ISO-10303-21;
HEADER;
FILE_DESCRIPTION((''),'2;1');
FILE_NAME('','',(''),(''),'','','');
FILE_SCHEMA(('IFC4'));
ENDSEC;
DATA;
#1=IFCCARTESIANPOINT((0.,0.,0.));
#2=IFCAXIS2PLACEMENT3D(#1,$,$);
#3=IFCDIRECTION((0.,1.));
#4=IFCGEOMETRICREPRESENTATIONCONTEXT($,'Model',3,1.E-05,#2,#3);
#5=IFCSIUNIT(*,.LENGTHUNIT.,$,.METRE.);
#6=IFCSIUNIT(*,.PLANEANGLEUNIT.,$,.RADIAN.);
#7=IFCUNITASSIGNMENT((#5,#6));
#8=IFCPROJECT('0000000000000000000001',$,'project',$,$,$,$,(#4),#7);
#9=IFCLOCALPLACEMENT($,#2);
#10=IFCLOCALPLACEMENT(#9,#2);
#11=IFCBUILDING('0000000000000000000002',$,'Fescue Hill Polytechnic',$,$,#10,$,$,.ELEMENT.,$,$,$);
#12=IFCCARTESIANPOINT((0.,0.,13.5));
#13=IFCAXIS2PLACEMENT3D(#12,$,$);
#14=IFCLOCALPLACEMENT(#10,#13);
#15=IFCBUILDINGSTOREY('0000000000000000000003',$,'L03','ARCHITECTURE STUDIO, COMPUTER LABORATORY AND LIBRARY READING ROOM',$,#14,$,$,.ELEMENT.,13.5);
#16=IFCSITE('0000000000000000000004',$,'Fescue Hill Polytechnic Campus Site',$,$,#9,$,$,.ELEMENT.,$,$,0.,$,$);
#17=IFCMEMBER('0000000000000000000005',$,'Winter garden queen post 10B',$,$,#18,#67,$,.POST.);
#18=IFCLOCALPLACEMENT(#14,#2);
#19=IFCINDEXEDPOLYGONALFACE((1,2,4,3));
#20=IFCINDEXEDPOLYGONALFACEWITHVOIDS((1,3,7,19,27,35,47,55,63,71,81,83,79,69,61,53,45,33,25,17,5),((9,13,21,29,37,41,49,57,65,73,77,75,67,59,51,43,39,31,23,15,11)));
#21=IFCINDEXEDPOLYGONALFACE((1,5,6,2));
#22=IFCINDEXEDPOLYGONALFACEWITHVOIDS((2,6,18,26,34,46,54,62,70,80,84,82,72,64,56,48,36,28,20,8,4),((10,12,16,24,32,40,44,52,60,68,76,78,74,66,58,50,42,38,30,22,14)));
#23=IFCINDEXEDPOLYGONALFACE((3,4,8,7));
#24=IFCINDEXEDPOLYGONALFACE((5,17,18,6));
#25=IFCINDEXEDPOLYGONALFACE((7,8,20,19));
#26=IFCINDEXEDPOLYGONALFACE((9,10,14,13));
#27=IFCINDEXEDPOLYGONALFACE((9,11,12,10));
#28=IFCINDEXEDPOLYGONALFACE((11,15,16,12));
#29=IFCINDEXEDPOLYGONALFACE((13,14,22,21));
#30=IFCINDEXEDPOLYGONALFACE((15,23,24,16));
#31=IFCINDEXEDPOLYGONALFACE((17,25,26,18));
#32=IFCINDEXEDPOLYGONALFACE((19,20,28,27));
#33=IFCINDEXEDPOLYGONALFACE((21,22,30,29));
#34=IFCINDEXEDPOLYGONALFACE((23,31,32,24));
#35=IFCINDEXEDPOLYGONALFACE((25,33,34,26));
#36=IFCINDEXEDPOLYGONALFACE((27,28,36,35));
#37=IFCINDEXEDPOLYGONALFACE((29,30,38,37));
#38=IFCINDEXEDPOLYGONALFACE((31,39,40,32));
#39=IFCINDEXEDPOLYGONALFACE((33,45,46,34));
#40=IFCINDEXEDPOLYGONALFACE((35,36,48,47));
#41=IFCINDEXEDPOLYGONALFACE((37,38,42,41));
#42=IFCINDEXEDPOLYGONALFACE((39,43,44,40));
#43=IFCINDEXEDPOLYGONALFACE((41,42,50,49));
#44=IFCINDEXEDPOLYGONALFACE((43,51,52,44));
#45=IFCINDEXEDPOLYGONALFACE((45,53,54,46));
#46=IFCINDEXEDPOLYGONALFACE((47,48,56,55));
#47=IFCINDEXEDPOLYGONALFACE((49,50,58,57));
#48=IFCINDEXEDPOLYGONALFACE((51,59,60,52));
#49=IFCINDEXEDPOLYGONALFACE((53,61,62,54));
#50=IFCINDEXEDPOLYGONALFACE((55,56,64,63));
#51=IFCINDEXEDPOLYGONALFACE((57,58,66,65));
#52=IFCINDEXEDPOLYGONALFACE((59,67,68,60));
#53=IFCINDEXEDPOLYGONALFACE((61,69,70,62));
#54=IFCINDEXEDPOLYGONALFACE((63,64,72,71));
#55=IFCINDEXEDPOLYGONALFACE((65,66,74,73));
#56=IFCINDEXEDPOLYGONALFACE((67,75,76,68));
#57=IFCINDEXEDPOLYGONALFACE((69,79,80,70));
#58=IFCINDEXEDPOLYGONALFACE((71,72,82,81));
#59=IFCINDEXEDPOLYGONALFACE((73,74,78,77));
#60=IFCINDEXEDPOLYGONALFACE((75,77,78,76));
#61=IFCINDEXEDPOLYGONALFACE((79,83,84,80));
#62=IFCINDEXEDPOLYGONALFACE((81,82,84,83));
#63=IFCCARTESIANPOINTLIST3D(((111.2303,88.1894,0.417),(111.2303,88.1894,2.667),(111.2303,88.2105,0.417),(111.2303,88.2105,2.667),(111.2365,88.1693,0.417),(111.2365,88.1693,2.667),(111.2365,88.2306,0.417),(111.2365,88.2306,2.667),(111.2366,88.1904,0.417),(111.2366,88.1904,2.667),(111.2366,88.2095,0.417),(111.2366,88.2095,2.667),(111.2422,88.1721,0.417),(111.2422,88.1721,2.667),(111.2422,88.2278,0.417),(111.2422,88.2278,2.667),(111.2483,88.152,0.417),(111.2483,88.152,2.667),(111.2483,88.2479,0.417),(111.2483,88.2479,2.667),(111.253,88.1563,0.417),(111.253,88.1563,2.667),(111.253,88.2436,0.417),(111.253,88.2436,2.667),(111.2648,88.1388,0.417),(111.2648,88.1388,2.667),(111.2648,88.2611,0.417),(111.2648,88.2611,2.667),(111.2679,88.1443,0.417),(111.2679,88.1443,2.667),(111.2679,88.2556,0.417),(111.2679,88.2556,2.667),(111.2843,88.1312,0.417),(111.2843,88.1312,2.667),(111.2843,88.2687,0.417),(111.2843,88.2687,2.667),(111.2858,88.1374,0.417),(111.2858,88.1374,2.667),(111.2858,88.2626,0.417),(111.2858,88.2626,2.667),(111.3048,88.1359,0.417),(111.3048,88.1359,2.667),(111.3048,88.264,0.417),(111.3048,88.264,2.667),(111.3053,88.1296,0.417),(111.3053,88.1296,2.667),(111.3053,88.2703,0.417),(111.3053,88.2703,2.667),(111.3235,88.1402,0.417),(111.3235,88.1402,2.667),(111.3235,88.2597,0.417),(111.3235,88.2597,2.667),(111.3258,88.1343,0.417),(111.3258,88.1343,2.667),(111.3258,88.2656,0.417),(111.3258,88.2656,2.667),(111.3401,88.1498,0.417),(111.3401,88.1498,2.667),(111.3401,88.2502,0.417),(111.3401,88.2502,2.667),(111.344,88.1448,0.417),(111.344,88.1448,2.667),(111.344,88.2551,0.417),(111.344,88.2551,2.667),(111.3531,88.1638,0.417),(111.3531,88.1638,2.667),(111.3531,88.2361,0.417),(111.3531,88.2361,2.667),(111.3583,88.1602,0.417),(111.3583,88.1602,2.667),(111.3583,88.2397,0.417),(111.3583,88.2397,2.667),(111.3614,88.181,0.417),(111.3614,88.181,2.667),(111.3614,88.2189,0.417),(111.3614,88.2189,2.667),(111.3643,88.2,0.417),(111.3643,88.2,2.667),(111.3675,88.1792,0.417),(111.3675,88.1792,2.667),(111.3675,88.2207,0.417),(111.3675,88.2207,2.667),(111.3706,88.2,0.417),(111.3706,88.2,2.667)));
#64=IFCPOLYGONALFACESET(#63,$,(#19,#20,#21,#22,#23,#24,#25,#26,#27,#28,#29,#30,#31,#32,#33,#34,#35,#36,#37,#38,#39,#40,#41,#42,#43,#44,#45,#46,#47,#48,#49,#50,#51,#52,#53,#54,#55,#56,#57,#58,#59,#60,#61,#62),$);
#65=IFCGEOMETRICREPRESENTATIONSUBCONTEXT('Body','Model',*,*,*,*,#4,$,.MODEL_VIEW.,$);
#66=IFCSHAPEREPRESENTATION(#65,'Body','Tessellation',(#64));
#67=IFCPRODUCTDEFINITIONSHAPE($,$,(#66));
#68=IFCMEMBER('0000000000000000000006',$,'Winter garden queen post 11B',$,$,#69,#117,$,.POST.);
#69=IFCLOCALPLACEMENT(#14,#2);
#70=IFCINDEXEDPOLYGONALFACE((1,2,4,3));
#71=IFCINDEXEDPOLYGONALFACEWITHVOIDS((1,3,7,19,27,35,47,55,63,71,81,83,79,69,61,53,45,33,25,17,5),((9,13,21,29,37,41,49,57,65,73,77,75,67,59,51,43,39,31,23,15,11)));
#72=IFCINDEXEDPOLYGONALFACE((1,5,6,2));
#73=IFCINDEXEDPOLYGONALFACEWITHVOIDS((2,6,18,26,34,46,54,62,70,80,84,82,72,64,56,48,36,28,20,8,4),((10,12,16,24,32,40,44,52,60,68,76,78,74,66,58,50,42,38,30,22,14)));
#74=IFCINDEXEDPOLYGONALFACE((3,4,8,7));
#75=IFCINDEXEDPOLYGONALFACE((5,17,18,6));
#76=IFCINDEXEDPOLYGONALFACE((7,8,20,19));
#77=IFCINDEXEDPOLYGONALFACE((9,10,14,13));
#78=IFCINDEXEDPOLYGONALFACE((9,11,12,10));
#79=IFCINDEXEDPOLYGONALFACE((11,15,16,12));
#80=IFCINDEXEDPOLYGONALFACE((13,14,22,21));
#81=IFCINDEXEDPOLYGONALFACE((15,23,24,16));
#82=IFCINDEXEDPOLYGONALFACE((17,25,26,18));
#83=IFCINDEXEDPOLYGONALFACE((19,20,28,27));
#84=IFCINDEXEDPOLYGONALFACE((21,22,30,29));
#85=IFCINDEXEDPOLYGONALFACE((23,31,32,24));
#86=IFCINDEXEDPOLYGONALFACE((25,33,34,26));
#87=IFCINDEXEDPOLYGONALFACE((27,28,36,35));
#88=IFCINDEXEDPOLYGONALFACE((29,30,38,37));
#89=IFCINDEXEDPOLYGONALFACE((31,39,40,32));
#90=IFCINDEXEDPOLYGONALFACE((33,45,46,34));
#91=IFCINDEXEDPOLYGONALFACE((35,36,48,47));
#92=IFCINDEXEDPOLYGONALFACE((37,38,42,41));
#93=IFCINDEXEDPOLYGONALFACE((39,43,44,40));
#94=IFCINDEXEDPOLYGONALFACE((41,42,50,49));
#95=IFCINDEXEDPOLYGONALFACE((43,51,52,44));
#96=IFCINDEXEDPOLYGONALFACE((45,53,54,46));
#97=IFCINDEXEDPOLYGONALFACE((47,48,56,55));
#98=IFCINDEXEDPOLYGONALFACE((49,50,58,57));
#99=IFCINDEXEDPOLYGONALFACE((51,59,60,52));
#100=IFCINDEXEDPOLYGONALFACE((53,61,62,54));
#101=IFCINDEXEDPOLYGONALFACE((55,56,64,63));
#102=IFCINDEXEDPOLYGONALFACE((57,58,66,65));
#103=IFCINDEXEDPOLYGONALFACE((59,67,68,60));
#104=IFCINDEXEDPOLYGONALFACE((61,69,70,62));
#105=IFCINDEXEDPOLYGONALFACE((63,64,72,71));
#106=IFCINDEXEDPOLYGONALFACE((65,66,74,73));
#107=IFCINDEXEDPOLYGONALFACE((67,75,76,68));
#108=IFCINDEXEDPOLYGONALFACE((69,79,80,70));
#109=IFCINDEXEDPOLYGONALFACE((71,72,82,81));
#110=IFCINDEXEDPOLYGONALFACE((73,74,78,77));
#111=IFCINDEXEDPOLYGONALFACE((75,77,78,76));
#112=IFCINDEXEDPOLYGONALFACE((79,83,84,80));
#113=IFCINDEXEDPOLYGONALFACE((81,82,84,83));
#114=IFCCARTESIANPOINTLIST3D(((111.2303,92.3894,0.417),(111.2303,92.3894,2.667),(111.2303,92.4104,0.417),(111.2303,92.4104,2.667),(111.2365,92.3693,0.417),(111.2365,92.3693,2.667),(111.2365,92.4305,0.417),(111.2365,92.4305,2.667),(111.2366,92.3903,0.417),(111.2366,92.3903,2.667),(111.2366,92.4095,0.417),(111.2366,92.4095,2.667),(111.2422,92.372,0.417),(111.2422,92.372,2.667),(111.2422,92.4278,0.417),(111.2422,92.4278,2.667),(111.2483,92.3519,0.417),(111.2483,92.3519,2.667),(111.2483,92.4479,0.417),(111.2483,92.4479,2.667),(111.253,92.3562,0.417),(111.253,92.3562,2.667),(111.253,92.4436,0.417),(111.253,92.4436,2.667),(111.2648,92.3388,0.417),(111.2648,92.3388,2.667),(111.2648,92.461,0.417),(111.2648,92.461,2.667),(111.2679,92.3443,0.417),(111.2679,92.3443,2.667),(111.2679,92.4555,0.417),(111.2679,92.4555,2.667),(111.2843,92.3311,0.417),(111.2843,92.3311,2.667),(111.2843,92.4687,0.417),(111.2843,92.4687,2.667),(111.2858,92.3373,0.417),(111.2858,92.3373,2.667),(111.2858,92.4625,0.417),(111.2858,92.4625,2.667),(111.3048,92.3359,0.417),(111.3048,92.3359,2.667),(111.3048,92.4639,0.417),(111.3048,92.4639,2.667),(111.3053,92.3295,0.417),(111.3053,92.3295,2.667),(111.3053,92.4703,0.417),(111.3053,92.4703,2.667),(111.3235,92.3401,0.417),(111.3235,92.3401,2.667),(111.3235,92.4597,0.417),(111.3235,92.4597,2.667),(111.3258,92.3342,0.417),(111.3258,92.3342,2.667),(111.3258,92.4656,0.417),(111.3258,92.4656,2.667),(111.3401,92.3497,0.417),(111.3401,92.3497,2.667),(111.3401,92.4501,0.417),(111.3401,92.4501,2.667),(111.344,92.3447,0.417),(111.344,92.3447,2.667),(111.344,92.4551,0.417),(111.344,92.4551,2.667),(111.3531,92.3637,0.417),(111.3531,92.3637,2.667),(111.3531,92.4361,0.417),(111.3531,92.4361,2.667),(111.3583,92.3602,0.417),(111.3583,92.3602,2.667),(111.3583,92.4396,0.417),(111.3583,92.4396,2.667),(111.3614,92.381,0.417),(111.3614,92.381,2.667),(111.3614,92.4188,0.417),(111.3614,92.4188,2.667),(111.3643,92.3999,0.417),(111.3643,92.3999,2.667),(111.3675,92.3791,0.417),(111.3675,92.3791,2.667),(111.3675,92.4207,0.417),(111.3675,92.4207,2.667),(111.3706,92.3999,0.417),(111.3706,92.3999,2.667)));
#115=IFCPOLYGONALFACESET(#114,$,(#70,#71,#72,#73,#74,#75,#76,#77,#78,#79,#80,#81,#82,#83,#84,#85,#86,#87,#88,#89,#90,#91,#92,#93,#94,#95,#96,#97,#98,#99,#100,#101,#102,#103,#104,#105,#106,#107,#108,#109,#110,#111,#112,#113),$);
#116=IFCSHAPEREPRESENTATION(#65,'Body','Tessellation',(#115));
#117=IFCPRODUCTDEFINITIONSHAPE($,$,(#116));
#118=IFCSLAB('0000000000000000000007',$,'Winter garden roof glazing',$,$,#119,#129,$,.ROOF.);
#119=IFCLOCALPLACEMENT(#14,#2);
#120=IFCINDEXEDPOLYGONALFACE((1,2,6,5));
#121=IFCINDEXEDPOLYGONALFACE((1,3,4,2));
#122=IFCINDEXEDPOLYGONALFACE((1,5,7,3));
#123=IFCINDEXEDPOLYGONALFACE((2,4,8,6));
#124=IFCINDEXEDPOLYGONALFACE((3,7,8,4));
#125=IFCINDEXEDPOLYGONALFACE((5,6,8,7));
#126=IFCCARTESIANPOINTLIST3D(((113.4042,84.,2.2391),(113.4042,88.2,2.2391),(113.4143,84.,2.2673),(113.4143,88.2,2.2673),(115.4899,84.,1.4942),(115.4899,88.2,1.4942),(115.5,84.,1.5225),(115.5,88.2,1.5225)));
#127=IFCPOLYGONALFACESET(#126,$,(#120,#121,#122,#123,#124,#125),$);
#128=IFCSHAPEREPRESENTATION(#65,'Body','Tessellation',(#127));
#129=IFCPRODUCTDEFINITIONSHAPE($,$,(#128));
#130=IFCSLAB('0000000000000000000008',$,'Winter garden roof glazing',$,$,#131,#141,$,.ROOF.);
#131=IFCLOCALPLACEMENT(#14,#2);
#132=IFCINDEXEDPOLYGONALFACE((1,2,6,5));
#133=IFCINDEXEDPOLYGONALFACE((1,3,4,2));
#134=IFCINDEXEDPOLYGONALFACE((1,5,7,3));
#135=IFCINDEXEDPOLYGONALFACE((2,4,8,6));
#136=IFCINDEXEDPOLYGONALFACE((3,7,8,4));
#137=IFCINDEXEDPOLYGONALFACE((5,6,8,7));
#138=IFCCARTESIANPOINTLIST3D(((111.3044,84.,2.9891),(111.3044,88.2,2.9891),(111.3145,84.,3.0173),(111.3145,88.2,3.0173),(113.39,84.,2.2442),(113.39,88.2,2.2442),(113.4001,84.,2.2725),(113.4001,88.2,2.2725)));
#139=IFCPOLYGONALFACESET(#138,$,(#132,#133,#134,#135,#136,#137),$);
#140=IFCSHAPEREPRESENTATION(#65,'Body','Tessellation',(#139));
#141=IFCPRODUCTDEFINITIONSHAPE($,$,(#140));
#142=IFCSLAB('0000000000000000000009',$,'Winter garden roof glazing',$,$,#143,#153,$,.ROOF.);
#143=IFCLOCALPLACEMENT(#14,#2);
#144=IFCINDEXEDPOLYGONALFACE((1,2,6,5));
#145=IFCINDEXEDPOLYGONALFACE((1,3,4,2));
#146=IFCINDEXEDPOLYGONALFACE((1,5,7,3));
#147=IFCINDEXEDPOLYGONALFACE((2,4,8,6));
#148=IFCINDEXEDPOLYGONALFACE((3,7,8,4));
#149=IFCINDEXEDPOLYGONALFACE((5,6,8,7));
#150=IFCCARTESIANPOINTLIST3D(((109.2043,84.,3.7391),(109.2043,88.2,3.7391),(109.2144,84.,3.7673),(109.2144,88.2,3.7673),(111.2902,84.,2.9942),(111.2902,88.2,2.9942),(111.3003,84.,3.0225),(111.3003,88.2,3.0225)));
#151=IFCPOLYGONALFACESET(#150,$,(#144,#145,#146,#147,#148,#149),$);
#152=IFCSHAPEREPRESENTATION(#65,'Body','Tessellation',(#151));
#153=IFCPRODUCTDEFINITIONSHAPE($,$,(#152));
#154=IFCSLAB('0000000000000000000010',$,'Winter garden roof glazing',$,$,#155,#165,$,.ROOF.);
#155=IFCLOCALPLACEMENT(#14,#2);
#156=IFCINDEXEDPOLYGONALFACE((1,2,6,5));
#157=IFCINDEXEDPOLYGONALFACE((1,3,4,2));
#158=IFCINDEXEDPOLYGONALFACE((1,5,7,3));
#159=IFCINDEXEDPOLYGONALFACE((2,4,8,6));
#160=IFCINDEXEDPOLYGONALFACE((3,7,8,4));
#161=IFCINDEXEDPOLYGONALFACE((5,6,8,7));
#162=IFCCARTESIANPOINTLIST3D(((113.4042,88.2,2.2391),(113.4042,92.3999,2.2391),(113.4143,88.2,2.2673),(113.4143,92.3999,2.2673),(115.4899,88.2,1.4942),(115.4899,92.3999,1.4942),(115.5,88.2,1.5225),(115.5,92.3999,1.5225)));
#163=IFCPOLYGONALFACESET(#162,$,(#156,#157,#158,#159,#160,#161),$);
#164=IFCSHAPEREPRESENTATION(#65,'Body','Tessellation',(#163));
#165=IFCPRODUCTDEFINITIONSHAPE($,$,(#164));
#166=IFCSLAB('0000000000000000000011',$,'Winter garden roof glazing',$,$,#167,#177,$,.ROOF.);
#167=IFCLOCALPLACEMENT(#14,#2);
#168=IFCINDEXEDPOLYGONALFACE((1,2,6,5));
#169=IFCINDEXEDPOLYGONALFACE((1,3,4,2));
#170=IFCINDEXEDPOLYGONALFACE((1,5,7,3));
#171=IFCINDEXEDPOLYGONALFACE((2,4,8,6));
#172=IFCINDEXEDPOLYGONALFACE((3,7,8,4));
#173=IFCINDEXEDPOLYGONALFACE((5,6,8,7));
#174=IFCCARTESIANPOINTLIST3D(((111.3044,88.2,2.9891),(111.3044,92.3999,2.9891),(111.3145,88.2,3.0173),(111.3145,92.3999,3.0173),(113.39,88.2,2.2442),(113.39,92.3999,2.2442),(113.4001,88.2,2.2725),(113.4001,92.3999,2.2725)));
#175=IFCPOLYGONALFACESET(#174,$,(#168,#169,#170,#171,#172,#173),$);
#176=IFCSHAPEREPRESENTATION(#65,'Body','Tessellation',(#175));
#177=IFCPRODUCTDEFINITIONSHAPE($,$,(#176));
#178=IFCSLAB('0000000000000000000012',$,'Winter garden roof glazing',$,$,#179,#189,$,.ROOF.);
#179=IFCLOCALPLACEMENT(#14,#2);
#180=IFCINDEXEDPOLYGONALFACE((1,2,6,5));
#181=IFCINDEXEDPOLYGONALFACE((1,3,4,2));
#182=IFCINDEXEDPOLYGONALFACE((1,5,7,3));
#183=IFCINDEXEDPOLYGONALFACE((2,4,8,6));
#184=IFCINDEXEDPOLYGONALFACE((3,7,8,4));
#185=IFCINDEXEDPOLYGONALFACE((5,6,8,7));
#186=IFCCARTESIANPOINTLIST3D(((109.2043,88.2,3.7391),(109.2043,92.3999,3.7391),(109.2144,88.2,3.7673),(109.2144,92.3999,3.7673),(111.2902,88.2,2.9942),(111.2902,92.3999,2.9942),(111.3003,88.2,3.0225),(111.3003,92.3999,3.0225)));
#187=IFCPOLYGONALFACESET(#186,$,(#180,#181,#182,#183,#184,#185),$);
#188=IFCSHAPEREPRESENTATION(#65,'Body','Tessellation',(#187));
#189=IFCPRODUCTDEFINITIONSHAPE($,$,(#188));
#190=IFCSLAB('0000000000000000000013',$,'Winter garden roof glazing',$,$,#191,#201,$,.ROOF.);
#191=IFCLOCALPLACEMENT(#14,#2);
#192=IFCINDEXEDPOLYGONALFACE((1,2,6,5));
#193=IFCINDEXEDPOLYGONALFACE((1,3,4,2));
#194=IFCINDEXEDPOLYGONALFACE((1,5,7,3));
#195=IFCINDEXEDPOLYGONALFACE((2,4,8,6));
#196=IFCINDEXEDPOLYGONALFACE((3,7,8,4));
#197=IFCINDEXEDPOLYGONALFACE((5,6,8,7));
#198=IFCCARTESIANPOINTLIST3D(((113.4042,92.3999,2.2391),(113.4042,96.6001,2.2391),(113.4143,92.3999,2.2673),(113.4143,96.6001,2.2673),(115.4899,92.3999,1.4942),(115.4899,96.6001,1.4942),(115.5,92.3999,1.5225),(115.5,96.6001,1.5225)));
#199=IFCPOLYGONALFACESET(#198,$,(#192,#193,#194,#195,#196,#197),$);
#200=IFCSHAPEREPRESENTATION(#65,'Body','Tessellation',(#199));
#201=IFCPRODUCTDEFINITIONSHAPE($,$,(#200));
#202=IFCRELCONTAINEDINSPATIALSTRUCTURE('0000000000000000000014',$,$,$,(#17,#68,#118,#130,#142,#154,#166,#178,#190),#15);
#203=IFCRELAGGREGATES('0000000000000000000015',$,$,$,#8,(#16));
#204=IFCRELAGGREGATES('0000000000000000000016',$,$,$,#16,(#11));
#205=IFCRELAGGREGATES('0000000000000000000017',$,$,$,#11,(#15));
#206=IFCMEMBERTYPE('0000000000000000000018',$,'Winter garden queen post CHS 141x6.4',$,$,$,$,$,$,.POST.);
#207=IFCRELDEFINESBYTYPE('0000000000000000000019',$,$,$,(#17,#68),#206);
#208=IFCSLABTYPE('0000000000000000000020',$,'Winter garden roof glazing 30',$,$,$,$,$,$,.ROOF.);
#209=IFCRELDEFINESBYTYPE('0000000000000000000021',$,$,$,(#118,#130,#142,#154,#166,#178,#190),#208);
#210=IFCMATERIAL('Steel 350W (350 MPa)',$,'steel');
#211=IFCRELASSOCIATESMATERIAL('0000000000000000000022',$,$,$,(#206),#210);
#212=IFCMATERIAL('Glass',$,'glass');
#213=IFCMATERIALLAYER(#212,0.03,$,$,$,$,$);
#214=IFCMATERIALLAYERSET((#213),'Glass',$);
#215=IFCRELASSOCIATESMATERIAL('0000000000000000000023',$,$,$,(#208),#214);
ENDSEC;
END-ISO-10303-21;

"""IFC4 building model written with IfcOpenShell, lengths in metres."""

from ifc_helpers import new_model, si_unit, direction, frame, origin, origin_2d, place, context, subcontext, project, spatial, polyline, hollow_circle, outline, extrude, material, layer, layer_set, material_profile, profile_set, type_object, element, save


model = new_model("IFC4")

# Units and contexts
model_context = context("Model", 3, precision=1e-05, world=origin(), true_north=direction((0.0, 1.0)))
body_context = subcontext(model_context, "Body", "Model", "MODEL_VIEW")
ifc_project = project(units=[si_unit("LENGTHUNIT", "METRE"), si_unit("PLANEANGLEUNIT", "RADIAN")], contexts=[model_context])

# Site, building, storey
site_placement = place(None, origin())
site = spatial("IfcSite", under=ifc_project, at=site_placement, Name="Fescue Hill Polytechnic Campus Site", CompositionType="ELEMENT", RefElevation=0.0)
building_placement = place(site_placement, origin())
building = spatial("IfcBuilding", under=site, at=building_placement, Name="Fescue Hill Polytechnic", CompositionType="ELEMENT")
storey_placement = place(building_placement, frame((0.0, 0.0, 13.5)))
storey = spatial("IfcBuildingStorey", under=building, at=storey_placement, Name="L03", Description="ARCHITECTURE STUDIO, COMPUTER LABORATORY AND LIBRARY READING ROOM", CompositionType="ELEMENT", Elevation=13.5)

# Members
ifc_material_1 = material(Name="Steel 350W (350 MPa)", Category="steel")
ifc_material_profile_1 = material_profile(ifc_material_1, hollow_circle(Radius=0.0706, WallThickness=0.0063, at=origin_2d()), Name="Winter garden queen post CHS 141x6.4")
ifc_profile_set_1 = profile_set([ifc_material_profile_1], Name="Steel 350W (350 MPa)")
member_type_1 = type_object("IfcMemberType", Name="Winter garden queen post CHS 141x6.4", PredefinedType="POST", material=ifc_profile_set_1)
for number, where, z_axis, x_axis, name in (
    (1, (111.3, 88.2, 0.417), (0.0, 0.0, 1.0), (1.0, 0.0, 0.0), "Winter garden queen post 10B"),
    (2, (111.3, 92.3999, 0.417), (0.0, 0.0, 1.0), (1.0, 0.0, 0.0), "Winter garden queen post 11B"),
):
    element("IfcMember", number, at=place(storey_placement, frame(where, z_axis=z_axis, x_axis=x_axis)), inside=storey, type_object=member_type_1, Name=name, PredefinedType="POST", context=body_context, shape_type="SweptSolid", body=[
        extrude(hollow_circle(Radius=0.0706, WallThickness=0.0063, at=origin_2d()), origin(), (0.0, 0.0, 1.0), 2.25),
    ])

# Slabs
ifc_material_2 = material(Name="Glass", Category="glass")
ifc_layer = layer(ifc_material_2, 0.03)
ifc_layer_set = layer_set([ifc_layer], Name="Glass")
slab_type = type_object("IfcSlabType", Name="Winter garden roof glazing 30", PredefinedType="ROOF", material=ifc_layer_set)
for number, where, z_axis, x_axis, name in (
    (3, (115.5, 84.0, 1.5225), (0.336329, 0.0, 0.941744), (0.0, 1.0, 0.0), "Winter garden roof glazing"),
    (4, (113.4001, 84.0, 2.2725), (0.336329, 0.0, 0.941744), (0.0, 1.0, 0.0), "Winter garden roof glazing"),
):
    element("IfcSlab", number, at=place(storey_placement, frame(where, z_axis=z_axis, x_axis=x_axis)), inside=storey, type_object=slab_type, Name=name, PredefinedType="ROOF", context=body_context, shape_type="SweptSolid", body=[
        extrude(outline(polyline([(0.0, 0.0), (4.2, 0.0), (4.2, 2.2147), (0.0, 2.2147), (0.0, 0.0)])), origin(), (0.0, 0.0, -1.0), 0.03),
    ])
slab_1_placement = place(storey_placement, frame((111.3003, 84.0, 3.0225), z_axis=(0.336295, 0.0, 0.941757), x_axis=(0.0, 1.0, 0.0)))
element("IfcSlab", 5, at=slab_1_placement, inside=storey, type_object=slab_type, Name="Winter garden roof glazing", PredefinedType="ROOF", context=body_context, shape_type="SweptSolid", body=[
    extrude(outline(polyline([(0.0, 0.0), (4.2, 0.0), (4.2, 2.2149), (0.0, 2.2149), (0.0, 0.0)])), origin(), (0.0, 0.0, -1.0), 0.03),
])
for number, where, z_axis, x_axis, name in (
    (6, (115.5, 88.2, 1.5225), (0.336329, 0.0, 0.941744), (0.0, 1.0, 0.0), "Winter garden roof glazing"),
    (7, (113.4001, 88.2, 2.2725), (0.336329, 0.0, 0.941744), (0.0, 1.0, 0.0), "Winter garden roof glazing"),
):
    element("IfcSlab", number, at=place(storey_placement, frame(where, z_axis=z_axis, x_axis=x_axis)), inside=storey, type_object=slab_type, Name=name, PredefinedType="ROOF", context=body_context, shape_type="SweptSolid", body=[
        extrude(outline(polyline([(0.0, 0.0), (4.2, 0.0), (4.2, 2.2147), (0.0, 2.2147), (0.0, 0.0)])), origin(), (0.0, 0.0, -1.0), 0.03),
    ])
slab_2_placement = place(storey_placement, frame((111.3003, 88.2, 3.0225), z_axis=(0.336295, 0.0, 0.941757), x_axis=(0.0, 1.0, 0.0)))
element("IfcSlab", 8, at=slab_2_placement, inside=storey, type_object=slab_type, Name="Winter garden roof glazing", PredefinedType="ROOF", context=body_context, shape_type="SweptSolid", body=[
    extrude(outline(polyline([(0.0, 0.0), (4.2, 0.0), (4.2, 2.2149), (0.0, 2.2149), (0.0, 0.0)])), origin(), (0.0, 0.0, -1.0), 0.03),
])
for number, where, z_axis, x_axis, name in (
    (9, (115.5, 92.3999, 1.5225), (0.336329, 0.0, 0.941744), (0.0, 1.0, 0.0), "Winter garden roof glazing"),
):
    element("IfcSlab", number, at=place(storey_placement, frame(where, z_axis=z_axis, x_axis=x_axis)), inside=storey, type_object=slab_type, Name=name, PredefinedType="ROOF", context=body_context, shape_type="SweptSolid", body=[
        extrude(outline(polyline([(0.0, 0.0), (4.2002, 0.0), (4.2002, 2.2147), (0.0, 2.2147), (0.0, 0.0)])), origin(), (0.0, 0.0, -1.0), 0.03),
    ])

save(model, "model.ifc")
